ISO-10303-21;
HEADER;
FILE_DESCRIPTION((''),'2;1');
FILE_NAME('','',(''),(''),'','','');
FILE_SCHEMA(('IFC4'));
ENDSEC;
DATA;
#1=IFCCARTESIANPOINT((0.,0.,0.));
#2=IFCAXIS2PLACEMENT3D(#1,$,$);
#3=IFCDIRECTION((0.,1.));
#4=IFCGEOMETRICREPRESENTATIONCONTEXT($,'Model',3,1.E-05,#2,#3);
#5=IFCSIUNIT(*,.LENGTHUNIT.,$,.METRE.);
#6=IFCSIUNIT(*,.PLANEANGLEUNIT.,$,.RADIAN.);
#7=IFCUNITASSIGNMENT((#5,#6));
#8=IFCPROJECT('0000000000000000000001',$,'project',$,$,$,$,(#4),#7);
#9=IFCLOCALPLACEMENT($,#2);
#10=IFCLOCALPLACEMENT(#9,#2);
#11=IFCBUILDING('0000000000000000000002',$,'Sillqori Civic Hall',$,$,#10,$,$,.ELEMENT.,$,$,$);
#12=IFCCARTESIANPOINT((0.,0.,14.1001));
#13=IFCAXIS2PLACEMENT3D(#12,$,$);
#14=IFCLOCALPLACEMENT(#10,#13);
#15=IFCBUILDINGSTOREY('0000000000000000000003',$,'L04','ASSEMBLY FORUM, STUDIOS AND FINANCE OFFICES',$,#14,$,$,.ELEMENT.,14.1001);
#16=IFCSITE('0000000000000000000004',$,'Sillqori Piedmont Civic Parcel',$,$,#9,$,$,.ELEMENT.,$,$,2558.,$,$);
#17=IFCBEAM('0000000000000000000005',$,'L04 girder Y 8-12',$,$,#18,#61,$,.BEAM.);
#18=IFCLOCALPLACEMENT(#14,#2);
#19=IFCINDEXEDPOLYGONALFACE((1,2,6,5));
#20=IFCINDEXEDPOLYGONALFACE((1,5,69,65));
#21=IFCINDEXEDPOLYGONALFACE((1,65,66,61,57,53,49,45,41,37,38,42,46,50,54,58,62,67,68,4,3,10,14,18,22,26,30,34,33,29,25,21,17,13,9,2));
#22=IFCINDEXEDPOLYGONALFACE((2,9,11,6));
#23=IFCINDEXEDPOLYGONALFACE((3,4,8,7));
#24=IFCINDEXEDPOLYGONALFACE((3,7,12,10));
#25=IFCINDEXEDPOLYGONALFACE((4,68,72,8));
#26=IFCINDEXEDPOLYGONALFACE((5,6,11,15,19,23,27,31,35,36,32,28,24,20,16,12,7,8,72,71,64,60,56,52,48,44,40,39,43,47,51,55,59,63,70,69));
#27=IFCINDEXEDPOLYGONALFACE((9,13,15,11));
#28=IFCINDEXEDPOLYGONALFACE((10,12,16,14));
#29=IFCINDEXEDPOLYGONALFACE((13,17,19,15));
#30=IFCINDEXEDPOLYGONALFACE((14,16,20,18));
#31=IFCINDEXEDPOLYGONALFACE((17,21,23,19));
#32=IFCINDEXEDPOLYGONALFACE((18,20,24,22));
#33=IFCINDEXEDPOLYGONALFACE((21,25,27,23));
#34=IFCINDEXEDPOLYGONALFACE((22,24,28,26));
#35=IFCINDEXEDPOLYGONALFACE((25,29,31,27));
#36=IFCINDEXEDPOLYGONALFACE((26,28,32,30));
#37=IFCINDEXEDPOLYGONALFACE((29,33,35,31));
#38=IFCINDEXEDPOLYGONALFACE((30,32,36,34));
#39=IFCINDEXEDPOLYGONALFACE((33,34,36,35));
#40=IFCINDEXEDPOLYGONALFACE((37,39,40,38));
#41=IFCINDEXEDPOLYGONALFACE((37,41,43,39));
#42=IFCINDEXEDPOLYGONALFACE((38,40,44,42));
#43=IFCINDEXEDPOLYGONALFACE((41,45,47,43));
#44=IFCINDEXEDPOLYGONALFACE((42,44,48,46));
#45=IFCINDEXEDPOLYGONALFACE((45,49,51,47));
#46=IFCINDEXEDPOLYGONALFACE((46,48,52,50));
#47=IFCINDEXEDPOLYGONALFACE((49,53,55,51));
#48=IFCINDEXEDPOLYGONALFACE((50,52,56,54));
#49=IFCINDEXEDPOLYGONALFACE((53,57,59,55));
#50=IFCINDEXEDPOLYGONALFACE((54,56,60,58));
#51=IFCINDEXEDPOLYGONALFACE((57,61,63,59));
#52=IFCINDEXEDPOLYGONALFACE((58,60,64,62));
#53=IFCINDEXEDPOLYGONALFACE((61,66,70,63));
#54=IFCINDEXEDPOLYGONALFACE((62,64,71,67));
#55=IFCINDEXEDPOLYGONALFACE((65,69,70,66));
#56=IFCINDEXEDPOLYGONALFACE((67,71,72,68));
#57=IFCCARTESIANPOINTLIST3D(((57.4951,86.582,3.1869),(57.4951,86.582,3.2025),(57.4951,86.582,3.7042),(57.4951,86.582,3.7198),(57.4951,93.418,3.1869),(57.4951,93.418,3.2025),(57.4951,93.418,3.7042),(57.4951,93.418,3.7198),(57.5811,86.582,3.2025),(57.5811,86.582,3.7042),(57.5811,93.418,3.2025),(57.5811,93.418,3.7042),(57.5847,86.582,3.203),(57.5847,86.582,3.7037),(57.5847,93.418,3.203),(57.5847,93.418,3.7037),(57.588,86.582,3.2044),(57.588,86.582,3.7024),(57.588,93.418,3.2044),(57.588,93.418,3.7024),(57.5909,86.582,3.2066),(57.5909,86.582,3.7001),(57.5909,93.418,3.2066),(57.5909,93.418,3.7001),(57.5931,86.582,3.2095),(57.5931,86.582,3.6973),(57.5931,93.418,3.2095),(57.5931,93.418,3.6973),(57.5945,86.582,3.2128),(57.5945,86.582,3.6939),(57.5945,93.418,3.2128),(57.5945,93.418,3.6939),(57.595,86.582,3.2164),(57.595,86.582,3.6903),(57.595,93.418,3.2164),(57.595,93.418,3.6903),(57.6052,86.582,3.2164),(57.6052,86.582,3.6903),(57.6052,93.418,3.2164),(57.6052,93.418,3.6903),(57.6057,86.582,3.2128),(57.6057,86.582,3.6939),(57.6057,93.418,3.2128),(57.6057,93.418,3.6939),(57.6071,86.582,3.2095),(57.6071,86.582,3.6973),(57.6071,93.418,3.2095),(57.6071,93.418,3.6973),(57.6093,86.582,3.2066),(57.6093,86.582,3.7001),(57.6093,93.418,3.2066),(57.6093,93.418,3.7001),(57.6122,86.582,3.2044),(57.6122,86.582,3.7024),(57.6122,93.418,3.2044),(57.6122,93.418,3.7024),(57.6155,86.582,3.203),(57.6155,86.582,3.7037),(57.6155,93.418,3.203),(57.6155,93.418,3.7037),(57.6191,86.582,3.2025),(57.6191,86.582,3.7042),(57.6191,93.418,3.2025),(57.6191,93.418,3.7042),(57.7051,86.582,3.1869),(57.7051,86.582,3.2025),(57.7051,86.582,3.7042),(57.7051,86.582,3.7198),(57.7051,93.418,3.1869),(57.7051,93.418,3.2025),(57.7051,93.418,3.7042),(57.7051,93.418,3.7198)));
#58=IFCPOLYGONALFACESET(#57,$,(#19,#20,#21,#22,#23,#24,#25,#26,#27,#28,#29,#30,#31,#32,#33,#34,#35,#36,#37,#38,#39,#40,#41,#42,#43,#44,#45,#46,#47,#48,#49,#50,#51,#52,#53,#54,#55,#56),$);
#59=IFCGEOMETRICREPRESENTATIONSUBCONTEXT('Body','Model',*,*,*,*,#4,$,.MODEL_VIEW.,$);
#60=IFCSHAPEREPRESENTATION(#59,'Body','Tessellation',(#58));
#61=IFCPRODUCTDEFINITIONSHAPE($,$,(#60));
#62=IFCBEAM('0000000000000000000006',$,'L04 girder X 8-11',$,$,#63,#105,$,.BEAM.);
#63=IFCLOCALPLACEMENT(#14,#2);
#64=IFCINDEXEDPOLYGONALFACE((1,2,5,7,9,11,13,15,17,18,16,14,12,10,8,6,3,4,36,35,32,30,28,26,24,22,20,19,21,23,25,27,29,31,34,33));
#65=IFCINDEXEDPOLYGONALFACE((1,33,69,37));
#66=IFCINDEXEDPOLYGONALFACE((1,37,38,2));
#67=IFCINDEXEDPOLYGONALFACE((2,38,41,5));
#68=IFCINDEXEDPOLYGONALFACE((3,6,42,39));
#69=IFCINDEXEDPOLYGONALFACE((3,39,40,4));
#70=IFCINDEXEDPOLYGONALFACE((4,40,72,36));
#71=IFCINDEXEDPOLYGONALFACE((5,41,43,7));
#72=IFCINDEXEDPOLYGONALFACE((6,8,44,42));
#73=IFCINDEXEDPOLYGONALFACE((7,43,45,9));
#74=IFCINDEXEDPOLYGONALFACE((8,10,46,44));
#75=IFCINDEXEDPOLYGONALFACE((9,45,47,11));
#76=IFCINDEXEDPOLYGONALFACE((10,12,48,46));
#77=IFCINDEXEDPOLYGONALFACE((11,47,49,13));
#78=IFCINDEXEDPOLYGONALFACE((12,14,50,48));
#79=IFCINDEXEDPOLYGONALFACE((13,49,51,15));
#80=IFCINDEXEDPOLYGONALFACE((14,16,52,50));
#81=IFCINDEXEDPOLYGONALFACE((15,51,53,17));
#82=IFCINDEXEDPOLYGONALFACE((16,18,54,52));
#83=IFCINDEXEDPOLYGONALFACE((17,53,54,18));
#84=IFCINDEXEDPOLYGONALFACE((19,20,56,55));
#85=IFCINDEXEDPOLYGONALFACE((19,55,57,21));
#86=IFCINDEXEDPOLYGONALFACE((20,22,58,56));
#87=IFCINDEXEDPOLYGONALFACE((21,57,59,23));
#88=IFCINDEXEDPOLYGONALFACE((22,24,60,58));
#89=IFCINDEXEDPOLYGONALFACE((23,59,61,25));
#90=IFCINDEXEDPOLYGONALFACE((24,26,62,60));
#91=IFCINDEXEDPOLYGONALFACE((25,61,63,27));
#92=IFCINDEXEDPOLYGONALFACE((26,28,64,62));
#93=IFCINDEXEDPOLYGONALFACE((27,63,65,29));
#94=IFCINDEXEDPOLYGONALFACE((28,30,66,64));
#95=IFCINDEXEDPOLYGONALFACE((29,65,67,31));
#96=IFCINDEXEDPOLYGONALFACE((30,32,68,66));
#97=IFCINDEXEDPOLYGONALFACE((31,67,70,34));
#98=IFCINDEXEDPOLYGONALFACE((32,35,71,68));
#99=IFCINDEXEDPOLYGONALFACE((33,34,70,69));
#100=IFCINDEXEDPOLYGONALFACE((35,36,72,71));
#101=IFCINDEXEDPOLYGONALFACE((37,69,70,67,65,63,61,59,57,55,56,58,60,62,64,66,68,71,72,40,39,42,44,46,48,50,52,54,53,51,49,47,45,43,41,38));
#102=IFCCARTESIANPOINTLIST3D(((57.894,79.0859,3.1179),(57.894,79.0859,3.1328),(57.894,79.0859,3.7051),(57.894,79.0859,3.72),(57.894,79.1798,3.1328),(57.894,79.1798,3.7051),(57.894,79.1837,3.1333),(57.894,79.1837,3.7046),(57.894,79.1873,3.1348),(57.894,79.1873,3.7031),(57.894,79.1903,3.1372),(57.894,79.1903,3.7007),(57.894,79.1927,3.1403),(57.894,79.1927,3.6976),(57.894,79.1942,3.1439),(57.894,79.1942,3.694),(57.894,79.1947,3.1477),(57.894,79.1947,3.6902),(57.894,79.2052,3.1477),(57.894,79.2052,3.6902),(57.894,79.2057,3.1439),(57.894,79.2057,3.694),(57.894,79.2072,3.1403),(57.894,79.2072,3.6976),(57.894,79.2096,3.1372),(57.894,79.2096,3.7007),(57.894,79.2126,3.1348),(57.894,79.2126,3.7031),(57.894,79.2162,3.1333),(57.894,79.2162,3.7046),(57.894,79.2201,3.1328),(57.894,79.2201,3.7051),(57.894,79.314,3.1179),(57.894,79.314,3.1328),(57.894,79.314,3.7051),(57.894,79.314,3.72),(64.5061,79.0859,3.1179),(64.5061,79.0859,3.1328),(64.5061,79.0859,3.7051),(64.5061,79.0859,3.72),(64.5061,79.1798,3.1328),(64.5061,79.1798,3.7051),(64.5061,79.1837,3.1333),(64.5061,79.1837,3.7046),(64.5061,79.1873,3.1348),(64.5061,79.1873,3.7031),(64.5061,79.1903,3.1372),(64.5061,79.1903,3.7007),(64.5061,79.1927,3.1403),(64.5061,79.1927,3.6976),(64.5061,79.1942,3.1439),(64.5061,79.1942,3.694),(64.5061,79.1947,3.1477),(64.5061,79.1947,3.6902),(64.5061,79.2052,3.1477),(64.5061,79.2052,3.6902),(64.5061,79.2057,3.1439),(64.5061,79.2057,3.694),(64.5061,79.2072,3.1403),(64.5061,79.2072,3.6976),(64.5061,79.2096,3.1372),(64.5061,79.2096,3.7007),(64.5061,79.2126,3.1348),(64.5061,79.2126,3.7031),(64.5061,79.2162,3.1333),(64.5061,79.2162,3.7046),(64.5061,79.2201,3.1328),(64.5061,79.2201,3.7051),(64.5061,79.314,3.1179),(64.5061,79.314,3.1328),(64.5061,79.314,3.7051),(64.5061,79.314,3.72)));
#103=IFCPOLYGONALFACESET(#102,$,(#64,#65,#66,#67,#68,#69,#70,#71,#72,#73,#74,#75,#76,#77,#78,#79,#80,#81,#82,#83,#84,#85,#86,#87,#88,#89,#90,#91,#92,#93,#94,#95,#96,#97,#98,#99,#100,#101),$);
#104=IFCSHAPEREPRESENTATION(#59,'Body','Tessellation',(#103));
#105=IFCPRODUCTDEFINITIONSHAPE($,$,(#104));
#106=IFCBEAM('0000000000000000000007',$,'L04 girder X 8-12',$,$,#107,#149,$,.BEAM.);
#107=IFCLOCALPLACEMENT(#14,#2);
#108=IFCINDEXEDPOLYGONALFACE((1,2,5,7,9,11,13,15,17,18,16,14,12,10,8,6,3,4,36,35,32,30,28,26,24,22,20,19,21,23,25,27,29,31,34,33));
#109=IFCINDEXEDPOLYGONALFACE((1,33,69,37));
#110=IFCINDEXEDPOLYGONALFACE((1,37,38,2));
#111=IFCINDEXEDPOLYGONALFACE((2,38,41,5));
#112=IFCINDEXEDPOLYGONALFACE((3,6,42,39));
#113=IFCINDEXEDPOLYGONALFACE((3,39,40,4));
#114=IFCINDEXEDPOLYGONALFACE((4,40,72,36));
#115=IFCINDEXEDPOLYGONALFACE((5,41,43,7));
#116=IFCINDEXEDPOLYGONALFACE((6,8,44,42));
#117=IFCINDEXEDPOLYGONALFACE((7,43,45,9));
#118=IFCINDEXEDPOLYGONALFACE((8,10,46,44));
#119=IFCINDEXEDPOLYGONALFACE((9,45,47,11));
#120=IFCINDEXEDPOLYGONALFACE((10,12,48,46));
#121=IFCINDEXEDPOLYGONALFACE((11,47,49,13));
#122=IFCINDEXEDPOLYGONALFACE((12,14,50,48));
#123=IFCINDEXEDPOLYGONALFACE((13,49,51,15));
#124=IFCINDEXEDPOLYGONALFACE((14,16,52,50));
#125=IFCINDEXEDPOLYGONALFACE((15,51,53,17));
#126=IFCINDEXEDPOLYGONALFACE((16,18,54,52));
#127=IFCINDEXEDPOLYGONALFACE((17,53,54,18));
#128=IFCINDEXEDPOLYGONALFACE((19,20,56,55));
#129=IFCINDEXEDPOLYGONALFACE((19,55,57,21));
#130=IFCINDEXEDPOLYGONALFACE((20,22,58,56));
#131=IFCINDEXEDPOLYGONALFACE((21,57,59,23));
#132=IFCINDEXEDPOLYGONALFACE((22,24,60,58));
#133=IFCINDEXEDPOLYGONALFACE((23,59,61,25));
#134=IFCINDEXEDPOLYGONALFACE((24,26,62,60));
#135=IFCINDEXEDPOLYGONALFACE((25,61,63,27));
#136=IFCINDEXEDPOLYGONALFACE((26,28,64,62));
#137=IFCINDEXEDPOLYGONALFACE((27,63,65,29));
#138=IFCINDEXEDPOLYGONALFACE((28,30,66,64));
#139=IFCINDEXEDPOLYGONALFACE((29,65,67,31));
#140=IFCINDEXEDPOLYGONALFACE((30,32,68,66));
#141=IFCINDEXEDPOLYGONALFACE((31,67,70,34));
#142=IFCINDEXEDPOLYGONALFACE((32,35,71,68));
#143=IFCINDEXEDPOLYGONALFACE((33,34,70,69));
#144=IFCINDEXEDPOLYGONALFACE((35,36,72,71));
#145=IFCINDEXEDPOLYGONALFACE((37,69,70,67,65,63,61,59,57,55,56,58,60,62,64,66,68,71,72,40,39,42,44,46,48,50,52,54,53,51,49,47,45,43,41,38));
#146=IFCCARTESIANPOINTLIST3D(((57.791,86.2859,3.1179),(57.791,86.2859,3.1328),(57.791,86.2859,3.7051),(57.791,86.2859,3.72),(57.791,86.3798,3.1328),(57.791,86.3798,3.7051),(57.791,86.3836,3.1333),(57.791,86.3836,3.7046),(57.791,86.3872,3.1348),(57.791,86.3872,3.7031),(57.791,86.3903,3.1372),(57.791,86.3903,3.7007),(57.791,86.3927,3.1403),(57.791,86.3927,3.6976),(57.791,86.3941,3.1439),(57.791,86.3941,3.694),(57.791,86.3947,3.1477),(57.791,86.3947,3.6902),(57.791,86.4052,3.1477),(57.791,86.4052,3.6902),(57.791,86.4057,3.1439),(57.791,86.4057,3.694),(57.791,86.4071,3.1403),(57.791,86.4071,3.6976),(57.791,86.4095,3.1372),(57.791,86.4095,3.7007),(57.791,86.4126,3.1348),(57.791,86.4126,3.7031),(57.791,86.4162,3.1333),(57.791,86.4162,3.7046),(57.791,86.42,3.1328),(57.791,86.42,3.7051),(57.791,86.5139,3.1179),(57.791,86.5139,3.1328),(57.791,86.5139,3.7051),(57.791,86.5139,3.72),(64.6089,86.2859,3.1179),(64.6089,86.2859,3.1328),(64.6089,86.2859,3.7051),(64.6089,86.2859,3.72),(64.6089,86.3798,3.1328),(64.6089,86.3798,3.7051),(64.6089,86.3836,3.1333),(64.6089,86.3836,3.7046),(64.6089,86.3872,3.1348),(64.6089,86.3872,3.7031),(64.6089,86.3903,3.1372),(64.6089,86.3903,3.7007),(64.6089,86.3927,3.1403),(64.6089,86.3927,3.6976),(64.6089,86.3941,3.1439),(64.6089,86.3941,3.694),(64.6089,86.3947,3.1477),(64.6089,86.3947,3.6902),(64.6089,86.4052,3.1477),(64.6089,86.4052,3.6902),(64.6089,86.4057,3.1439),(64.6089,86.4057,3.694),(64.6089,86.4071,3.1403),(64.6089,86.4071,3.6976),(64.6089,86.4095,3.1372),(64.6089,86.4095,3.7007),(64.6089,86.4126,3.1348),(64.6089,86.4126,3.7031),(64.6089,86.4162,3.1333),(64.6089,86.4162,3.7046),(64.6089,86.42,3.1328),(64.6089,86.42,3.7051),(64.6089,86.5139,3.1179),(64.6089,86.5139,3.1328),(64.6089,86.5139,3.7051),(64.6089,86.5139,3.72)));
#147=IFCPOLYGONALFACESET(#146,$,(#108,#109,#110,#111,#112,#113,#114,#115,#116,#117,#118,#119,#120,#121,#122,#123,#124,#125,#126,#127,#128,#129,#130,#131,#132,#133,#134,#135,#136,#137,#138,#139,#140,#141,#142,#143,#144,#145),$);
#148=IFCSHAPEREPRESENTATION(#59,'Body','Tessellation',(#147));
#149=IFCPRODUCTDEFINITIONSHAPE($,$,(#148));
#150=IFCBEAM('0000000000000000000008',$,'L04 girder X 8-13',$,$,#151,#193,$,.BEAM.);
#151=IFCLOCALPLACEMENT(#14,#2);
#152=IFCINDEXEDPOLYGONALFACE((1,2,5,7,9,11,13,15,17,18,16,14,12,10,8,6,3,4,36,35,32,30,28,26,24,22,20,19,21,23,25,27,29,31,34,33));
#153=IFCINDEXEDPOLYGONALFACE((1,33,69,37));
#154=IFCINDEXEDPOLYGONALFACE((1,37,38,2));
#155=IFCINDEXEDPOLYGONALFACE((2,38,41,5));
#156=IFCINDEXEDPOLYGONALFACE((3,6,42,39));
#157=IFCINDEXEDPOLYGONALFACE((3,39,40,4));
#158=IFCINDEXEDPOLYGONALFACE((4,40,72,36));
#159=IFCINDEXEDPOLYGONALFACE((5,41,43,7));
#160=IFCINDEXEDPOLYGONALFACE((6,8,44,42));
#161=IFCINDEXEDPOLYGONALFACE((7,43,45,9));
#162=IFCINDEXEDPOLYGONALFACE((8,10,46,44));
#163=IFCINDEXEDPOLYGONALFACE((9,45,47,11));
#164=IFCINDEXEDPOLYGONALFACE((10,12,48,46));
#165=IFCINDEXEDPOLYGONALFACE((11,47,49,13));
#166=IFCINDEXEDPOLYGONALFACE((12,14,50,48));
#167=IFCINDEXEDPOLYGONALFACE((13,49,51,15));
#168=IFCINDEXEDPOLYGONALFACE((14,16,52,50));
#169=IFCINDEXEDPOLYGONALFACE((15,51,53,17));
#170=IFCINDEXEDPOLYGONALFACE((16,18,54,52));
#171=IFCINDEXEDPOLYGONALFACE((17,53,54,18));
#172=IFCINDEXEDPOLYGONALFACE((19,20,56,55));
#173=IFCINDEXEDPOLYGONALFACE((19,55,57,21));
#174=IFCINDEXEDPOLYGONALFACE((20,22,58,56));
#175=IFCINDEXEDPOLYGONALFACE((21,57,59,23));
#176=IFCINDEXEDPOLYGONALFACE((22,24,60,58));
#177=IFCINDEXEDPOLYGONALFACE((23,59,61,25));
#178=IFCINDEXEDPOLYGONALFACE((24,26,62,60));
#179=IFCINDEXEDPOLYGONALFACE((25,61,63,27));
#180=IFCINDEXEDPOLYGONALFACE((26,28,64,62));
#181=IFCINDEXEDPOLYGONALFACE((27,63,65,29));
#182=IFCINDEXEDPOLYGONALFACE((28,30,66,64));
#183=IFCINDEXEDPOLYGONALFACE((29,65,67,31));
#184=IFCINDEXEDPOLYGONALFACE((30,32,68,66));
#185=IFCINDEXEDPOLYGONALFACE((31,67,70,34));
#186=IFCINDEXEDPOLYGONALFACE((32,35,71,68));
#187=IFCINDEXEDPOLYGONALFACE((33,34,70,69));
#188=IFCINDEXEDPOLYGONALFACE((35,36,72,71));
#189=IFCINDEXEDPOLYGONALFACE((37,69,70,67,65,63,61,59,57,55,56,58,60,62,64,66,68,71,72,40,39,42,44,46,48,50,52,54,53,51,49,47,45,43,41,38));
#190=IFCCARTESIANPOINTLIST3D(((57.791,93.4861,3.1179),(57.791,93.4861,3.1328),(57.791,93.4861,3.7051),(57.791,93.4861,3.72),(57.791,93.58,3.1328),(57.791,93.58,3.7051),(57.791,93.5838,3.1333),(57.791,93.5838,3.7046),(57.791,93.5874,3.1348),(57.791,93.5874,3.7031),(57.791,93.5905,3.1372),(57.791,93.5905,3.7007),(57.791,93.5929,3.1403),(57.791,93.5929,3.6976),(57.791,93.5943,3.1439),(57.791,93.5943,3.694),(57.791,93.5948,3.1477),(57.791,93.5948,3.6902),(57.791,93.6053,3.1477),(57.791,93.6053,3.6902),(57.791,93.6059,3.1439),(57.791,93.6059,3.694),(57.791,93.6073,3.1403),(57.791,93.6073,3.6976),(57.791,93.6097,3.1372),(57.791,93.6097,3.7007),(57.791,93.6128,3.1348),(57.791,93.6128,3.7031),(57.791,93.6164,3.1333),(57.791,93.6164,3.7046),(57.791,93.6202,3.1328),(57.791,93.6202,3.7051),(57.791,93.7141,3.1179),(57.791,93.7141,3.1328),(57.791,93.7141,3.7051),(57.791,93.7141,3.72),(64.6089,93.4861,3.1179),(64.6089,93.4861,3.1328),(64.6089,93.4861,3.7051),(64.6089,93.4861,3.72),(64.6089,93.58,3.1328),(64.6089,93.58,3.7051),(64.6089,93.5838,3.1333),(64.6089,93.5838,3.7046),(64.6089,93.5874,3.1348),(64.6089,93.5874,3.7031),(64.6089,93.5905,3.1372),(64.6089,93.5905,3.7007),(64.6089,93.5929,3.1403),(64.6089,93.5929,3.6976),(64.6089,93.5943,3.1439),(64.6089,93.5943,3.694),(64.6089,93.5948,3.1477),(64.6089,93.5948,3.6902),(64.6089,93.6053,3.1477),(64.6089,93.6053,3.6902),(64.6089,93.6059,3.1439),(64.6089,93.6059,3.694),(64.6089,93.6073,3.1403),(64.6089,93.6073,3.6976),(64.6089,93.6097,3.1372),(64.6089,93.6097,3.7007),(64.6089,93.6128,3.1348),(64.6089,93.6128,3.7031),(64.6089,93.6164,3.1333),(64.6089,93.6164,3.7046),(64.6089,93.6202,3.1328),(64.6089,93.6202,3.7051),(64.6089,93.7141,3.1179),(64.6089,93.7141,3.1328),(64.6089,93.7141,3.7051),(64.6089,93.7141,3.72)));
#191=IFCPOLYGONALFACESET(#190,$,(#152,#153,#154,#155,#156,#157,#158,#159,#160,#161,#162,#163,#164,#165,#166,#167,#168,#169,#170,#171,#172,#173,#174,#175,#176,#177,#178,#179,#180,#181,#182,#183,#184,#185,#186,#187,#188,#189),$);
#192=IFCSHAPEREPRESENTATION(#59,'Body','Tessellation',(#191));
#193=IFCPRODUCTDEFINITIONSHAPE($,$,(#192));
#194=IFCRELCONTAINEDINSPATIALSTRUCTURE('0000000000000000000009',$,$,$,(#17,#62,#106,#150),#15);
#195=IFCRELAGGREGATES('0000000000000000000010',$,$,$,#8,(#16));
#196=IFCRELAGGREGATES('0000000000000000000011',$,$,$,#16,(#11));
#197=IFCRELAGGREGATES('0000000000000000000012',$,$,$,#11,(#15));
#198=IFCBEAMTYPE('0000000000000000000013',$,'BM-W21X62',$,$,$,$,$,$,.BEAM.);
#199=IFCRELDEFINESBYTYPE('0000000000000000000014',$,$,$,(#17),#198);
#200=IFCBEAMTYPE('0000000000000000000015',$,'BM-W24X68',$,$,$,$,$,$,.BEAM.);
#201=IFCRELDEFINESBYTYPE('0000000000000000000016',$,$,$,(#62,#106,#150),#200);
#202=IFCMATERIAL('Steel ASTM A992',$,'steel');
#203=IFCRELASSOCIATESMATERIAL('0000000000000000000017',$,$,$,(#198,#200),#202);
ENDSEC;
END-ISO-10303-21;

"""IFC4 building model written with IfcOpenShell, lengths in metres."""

from ifc_helpers import new_model, si_unit, direction, frame, origin, origin_2d, place, context, subcontext, project, spatial, i_section, extrude, material, material_profile, profile_set, type_object, element, save


model = new_model("IFC4")

# Units and contexts
model_context = context("Model", 3, precision=1e-05, world=origin(), true_north=direction((0.0, 1.0)))
body_context = subcontext(model_context, "Body", "Model", "MODEL_VIEW")
ifc_project = project(units=[si_unit("LENGTHUNIT", "METRE"), si_unit("PLANEANGLEUNIT", "RADIAN")], contexts=[model_context])

# Site, building, storey
site_placement = place(None, origin())
site = spatial("IfcSite", under=ifc_project, at=site_placement, Name="Sillqori Piedmont Civic Parcel", CompositionType="ELEMENT", RefElevation=2558.0)
building_placement = place(site_placement, origin())
building = spatial("IfcBuilding", under=site, at=building_placement, Name="Sillqori Civic Hall", CompositionType="ELEMENT")
storey_placement = place(building_placement, frame((0.0, 0.0, 14.1001)))
storey = spatial("IfcBuildingStorey", under=building, at=storey_placement, Name="L04", Description="ASSEMBLY FORUM, STUDIOS AND FINANCE OFFICES", CompositionType="ELEMENT", Elevation=14.1001)

# Shared definitions
ifc_material_1 = material(Name="Steel ASTM A992", Category="steel")

# Beams
ifc_material_profile_1 = material_profile(ifc_material_1, i_section(OverallWidth=0.21, OverallDepth=0.533, WebThickness=0.0103, FlangeThickness=0.0156, FilletRadius=0.0139, at=origin_2d()), Name="W21X62")
ifc_profile_set_1 = profile_set([ifc_material_profile_1], Name="Steel ASTM A992")
beam_type_1 = type_object("IfcBeamType", Name="BM-W21X62", PredefinedType="BEAM", material=ifc_profile_set_1)
beam_1_placement = place(storey_placement, frame((57.6001, 86.582, 3.4534), z_axis=(0.0, 1.0, 0.0), x_axis=(-1.0, 0.0, 0.0)))
element("IfcBeam", 1, at=beam_1_placement, inside=storey, type_object=beam_type_1, Name="L04 girder Y 8-12", PredefinedType="BEAM", context=body_context, shape_type="SweptSolid", body=[
    extrude(i_section(OverallWidth=0.21, OverallDepth=0.533, WebThickness=0.0103, FlangeThickness=0.0156, FilletRadius=0.0139, at=origin_2d()), origin(), (0.0, 0.0, 1.0), 6.8359),
])
ifc_material_profile_2 = material_profile(ifc_material_1, i_section(OverallWidth=0.228, OverallDepth=0.6021, WebThickness=0.0105, FlangeThickness=0.0149, FilletRadius=0.0149, at=origin_2d()), Name="W24X68")
ifc_profile_set_2 = profile_set([ifc_material_profile_2], Name="Steel ASTM A992")
beam_type_2 = type_object("IfcBeamType", Name="BM-W24X68", PredefinedType="BEAM", material=ifc_profile_set_2)
beam_2_placement = place(storey_placement, frame((57.894, 79.2, 3.4189), z_axis=(1.0, 0.0, 0.0), x_axis=(0.0, 1.0, 0.0)))
element("IfcBeam", 2, at=beam_2_placement, inside=storey, type_object=beam_type_2, Name="L04 girder X 8-11", PredefinedType="BEAM", context=body_context, shape_type="SweptSolid", body=[
    extrude(i_section(OverallWidth=0.228, OverallDepth=0.6021, WebThickness=0.0105, FlangeThickness=0.0149, FilletRadius=0.0149, at=origin_2d()), origin(), (0.0, 0.0, 1.0), 6.6121),
])
for number, where, z_axis, x_axis, name in (
    (3, (57.791, 86.3999, 3.4189), (1.0, 0.0, 0.0), (0.0, 1.0, 0.0), "L04 girder X 8-12"),
    (4, (57.791, 93.6001, 3.4189), (1.0, 0.0, 0.0), (0.0, 1.0, 0.0), "L04 girder X 8-13"),
):
    element("IfcBeam", number, at=place(storey_placement, frame(where, z_axis=z_axis, x_axis=x_axis)), inside=storey, type_object=beam_type_2, Name=name, PredefinedType="BEAM", context=body_context, shape_type="SweptSolid", body=[
        extrude(i_section(OverallWidth=0.228, OverallDepth=0.6021, WebThickness=0.0105, FlangeThickness=0.0149, FilletRadius=0.0149, at=origin_2d()), origin(), (0.0, 0.0, 1.0), 6.8179),
    ])

save(model, "model.ifc")
